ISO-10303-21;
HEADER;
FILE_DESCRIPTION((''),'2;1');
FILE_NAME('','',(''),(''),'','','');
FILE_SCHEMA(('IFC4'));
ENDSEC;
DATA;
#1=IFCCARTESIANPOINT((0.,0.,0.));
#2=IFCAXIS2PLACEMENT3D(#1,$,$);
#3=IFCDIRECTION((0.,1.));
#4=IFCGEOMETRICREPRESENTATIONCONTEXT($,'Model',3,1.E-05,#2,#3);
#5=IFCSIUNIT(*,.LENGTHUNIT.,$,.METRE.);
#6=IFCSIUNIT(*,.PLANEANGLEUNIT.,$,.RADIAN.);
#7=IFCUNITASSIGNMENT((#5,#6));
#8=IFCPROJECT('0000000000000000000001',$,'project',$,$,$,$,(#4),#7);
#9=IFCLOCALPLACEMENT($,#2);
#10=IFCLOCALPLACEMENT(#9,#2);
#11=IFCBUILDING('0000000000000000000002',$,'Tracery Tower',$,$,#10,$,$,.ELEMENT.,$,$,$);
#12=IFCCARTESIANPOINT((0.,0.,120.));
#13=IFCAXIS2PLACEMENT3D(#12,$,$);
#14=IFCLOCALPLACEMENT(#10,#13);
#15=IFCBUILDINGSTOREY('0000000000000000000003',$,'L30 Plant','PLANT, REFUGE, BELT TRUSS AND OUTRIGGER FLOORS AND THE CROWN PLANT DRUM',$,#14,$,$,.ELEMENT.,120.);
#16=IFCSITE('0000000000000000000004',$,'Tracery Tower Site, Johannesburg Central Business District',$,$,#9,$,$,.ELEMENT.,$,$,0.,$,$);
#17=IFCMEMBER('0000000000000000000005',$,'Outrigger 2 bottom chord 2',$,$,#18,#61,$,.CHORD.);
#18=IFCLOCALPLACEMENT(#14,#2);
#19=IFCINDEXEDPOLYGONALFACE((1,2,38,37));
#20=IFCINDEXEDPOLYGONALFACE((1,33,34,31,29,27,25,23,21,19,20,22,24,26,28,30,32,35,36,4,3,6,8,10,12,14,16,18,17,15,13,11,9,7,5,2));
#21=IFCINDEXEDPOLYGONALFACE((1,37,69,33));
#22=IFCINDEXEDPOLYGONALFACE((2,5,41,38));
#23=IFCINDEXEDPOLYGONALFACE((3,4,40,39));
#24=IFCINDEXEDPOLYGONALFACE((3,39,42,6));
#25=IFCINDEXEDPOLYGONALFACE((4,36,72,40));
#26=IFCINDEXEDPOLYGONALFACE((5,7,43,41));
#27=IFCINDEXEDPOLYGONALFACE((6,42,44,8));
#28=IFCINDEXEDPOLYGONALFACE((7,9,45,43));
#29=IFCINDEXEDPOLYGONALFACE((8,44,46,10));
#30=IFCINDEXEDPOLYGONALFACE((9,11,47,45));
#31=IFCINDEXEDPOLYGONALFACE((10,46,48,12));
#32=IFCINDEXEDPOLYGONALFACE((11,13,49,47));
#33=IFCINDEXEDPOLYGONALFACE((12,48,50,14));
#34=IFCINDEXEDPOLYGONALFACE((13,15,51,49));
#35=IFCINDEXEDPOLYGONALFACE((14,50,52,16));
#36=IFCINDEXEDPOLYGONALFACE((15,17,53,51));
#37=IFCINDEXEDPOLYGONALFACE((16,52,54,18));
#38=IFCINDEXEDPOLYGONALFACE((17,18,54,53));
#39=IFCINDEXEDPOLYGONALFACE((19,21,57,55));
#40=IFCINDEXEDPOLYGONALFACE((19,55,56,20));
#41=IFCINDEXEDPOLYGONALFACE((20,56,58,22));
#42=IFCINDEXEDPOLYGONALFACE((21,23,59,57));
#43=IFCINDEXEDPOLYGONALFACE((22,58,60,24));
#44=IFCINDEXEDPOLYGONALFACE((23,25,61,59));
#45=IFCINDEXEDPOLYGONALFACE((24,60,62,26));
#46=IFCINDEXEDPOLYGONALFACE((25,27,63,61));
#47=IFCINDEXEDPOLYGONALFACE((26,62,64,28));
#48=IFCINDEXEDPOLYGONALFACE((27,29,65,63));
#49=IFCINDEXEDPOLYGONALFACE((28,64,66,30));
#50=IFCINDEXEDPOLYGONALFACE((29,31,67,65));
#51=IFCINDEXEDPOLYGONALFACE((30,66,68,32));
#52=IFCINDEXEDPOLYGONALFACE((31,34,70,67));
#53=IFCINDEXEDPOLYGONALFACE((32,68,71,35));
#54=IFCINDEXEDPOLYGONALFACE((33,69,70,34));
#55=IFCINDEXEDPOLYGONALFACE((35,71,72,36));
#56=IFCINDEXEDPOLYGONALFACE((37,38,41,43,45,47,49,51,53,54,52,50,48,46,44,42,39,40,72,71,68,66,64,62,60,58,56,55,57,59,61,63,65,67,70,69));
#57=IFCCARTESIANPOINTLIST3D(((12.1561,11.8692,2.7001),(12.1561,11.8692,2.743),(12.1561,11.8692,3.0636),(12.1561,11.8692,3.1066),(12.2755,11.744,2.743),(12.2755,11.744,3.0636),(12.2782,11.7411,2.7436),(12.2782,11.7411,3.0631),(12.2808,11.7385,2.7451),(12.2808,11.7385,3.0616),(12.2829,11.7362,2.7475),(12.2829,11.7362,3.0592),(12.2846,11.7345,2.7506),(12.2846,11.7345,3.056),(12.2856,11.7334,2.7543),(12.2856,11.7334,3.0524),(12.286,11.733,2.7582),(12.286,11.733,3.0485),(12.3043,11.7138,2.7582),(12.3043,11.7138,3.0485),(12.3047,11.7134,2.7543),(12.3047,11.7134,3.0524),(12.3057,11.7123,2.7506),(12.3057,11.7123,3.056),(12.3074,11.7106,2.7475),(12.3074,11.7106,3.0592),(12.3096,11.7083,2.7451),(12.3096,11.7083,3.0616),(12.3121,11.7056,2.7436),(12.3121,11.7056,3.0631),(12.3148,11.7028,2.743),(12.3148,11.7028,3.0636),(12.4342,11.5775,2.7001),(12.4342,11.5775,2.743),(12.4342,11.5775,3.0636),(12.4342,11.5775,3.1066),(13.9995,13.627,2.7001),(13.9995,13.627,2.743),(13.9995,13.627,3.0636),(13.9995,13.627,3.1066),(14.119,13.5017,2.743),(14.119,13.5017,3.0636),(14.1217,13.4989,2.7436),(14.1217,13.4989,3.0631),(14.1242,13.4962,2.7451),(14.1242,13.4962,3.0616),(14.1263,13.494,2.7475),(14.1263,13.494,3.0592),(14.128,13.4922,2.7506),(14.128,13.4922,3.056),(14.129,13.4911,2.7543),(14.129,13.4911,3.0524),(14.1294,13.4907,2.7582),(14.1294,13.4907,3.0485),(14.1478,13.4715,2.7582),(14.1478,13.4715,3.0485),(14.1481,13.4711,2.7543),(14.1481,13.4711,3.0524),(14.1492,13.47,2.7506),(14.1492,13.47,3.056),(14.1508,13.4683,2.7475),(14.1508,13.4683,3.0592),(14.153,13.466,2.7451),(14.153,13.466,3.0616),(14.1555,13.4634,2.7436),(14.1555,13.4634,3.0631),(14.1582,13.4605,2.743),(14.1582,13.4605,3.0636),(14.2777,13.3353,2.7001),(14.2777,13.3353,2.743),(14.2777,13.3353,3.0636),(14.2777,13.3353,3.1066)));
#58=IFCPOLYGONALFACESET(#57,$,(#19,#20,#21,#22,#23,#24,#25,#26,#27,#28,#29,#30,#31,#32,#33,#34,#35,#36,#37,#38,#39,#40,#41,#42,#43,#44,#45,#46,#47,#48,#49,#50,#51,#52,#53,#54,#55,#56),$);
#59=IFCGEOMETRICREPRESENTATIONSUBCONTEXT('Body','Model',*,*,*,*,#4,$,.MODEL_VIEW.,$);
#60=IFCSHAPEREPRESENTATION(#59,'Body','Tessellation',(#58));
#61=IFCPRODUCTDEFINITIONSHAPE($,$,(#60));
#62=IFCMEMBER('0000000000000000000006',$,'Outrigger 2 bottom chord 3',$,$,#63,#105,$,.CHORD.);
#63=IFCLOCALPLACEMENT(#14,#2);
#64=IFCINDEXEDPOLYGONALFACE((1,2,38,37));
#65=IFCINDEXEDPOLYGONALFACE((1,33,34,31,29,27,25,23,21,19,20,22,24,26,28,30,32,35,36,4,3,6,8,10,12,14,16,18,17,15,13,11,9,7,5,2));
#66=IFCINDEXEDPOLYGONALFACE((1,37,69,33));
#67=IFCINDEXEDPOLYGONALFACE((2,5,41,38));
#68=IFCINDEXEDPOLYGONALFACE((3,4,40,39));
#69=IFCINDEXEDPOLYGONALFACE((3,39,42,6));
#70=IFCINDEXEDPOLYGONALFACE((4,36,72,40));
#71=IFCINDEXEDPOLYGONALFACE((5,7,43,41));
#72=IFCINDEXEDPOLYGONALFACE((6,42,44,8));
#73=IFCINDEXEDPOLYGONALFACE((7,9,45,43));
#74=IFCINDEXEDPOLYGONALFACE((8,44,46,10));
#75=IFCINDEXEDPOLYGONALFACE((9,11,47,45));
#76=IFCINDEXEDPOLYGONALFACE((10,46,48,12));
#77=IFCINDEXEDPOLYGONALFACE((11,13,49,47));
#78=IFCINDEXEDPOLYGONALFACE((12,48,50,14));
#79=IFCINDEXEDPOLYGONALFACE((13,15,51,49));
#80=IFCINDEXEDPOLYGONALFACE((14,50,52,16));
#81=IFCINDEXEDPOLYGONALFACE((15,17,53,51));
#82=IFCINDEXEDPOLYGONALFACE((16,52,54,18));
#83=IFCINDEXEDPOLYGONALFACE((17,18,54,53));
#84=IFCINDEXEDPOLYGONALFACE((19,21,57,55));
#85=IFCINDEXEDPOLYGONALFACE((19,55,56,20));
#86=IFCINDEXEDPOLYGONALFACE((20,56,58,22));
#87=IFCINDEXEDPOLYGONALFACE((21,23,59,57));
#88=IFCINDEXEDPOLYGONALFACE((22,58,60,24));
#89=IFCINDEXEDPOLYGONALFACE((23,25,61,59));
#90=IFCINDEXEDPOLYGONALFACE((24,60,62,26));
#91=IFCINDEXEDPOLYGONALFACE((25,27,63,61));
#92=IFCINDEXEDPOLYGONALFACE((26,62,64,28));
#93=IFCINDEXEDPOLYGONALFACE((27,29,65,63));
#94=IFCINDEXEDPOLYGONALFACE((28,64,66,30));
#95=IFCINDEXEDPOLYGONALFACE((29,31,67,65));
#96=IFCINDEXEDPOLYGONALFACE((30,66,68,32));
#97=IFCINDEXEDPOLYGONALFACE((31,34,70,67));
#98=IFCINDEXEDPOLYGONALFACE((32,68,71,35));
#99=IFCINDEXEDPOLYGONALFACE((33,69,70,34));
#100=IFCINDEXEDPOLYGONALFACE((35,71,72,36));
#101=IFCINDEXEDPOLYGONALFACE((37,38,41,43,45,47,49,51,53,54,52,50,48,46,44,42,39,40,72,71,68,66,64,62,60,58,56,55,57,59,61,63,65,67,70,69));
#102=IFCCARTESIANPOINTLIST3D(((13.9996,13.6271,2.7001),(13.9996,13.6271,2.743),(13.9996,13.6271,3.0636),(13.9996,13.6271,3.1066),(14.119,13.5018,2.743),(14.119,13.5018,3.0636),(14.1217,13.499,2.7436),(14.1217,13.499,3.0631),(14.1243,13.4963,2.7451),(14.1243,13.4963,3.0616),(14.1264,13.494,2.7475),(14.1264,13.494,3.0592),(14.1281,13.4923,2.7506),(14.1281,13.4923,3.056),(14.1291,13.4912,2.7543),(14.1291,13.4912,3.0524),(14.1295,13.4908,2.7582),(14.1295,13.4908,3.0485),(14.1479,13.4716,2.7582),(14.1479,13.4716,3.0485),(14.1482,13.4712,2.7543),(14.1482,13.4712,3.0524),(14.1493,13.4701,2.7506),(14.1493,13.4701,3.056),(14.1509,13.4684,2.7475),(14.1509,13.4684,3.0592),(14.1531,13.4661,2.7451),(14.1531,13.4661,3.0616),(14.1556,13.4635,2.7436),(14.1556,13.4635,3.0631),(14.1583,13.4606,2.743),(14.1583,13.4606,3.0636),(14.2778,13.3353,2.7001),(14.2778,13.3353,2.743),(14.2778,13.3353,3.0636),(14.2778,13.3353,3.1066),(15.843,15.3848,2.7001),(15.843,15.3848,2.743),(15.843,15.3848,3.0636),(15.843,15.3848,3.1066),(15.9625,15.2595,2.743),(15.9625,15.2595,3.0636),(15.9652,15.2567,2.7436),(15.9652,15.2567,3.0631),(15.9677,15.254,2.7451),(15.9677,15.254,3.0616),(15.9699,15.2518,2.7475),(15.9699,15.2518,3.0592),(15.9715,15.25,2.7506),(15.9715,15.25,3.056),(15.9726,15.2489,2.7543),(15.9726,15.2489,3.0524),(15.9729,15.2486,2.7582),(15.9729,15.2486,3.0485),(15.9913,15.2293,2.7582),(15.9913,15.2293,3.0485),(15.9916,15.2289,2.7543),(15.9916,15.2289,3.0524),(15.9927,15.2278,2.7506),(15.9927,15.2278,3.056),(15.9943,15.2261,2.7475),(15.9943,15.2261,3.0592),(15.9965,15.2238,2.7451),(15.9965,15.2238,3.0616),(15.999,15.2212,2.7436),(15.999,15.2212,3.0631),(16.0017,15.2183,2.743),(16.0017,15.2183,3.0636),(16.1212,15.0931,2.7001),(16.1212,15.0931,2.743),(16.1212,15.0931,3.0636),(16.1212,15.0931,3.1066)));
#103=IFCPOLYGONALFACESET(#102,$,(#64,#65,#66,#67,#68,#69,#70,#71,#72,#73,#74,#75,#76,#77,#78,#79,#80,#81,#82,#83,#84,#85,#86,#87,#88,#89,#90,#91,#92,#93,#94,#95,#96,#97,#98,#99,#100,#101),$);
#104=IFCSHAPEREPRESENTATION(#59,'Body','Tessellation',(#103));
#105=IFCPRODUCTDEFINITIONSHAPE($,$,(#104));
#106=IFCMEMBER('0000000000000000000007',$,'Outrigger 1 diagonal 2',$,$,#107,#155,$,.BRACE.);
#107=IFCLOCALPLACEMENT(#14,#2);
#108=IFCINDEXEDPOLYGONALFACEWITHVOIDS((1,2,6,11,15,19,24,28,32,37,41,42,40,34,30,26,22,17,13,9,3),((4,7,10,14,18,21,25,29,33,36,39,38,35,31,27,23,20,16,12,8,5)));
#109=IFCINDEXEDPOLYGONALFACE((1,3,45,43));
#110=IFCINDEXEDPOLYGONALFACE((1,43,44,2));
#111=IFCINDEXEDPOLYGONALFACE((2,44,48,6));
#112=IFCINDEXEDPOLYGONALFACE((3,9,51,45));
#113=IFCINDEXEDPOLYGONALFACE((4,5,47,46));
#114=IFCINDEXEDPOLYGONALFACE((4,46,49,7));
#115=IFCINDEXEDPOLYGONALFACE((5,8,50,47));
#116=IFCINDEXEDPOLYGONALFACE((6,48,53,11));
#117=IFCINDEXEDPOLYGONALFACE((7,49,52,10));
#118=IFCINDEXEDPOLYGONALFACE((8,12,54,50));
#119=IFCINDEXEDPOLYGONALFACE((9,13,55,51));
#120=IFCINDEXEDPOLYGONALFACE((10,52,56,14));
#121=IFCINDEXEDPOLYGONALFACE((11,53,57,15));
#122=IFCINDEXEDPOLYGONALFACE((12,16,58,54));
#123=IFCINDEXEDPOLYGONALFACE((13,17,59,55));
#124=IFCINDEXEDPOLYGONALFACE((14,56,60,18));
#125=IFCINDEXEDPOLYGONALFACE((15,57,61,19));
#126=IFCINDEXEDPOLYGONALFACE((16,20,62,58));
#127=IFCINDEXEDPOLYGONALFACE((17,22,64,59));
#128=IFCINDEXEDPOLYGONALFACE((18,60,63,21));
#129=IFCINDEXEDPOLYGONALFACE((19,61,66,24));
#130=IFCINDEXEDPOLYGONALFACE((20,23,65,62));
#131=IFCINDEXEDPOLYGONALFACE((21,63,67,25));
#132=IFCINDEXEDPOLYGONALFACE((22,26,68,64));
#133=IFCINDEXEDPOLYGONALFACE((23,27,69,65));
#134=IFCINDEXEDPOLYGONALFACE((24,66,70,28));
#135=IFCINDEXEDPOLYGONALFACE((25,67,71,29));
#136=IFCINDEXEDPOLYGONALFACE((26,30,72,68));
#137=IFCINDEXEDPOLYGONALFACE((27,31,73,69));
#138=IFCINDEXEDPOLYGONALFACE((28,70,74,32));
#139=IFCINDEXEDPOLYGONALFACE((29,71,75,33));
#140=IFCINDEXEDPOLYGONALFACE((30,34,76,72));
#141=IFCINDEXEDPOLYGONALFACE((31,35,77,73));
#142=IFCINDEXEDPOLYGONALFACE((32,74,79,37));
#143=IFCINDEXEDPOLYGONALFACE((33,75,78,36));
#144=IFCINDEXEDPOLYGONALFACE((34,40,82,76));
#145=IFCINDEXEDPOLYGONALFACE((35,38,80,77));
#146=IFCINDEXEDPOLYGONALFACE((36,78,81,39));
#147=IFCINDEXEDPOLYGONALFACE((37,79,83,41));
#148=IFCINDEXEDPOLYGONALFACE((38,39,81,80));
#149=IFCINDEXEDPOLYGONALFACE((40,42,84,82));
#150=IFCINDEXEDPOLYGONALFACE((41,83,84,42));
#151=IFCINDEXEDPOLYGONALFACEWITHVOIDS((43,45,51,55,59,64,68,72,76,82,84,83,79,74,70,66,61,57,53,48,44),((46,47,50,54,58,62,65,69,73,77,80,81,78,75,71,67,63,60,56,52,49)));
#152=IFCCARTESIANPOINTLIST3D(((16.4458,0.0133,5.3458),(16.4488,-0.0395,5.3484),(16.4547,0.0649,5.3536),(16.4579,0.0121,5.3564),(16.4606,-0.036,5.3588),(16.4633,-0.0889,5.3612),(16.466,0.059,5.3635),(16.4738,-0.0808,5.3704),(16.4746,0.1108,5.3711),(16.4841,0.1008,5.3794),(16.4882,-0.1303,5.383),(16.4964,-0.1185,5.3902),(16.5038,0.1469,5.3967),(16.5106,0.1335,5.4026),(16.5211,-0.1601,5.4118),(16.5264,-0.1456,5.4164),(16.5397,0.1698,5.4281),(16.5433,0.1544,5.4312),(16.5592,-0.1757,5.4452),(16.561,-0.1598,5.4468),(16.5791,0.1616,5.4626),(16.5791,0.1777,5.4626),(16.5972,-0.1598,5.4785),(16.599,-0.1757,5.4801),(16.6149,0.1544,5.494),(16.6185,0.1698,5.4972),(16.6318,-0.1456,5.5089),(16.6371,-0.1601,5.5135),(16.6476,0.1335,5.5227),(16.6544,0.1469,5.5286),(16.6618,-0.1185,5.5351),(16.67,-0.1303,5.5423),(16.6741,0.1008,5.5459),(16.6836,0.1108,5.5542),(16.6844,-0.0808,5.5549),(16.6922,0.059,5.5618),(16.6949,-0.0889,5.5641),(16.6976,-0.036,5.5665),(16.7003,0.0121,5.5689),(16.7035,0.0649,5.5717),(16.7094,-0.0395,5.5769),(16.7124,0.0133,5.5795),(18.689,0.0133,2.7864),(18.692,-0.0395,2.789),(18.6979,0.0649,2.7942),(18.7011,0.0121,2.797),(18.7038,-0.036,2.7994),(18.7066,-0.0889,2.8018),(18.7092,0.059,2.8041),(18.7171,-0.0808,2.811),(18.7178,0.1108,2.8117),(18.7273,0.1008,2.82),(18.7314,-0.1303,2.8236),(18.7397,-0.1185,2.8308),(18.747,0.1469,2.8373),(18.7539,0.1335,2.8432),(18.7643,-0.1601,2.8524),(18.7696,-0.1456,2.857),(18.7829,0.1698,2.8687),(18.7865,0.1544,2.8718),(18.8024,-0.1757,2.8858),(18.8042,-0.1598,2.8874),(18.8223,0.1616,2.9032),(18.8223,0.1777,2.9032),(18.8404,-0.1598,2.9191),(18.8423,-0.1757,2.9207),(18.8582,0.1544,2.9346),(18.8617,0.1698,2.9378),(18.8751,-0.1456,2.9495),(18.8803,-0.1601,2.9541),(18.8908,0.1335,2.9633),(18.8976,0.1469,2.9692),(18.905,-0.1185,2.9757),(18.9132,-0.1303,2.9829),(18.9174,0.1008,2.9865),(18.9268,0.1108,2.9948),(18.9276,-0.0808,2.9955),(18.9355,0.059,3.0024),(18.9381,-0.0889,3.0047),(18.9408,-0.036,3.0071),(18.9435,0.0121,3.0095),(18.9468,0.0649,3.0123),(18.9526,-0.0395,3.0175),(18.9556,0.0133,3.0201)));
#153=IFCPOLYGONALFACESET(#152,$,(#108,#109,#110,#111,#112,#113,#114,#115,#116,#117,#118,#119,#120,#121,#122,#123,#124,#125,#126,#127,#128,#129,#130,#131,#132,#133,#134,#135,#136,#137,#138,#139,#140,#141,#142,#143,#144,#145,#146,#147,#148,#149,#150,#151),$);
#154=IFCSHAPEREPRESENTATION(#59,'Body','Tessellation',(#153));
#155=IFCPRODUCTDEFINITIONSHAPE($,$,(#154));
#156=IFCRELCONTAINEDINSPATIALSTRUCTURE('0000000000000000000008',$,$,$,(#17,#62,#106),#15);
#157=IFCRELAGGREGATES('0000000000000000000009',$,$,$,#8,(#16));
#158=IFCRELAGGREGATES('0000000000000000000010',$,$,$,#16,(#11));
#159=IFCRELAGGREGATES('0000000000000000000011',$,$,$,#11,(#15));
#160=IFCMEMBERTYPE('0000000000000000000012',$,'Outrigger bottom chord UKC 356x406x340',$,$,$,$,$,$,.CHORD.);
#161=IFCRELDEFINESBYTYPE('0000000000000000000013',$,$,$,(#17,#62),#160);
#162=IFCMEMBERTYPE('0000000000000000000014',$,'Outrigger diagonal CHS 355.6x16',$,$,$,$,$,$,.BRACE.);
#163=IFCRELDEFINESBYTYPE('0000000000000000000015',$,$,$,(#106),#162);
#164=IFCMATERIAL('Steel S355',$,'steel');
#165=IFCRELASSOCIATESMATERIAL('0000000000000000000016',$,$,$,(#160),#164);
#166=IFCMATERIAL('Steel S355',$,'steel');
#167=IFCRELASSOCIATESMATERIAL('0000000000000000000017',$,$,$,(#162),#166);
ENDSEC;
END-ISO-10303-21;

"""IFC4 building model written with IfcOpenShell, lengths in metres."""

from ifc_helpers import new_model, si_unit, direction, frame, origin, origin_2d, place, context, subcontext, project, spatial, hollow_circle, i_section, extrude, material, material_profile, profile_set, type_object, element, save


model = new_model("IFC4")

# Units and contexts
model_context = context("Model", 3, precision=1e-05, world=origin(), true_north=direction((0.0, 1.0)))
body_context = subcontext(model_context, "Body", "Model", "MODEL_VIEW")
ifc_project = project(units=[si_unit("LENGTHUNIT", "METRE"), si_unit("PLANEANGLEUNIT", "RADIAN")], contexts=[model_context])

# Site, building, storey
site_placement = place(None, origin())
site = spatial("IfcSite", under=ifc_project, at=site_placement, Name="Tracery Tower Site, Johannesburg Central Business District", CompositionType="ELEMENT", RefElevation=0.0)
building_placement = place(site_placement, origin())
building = spatial("IfcBuilding", under=site, at=building_placement, Name="Tracery Tower", CompositionType="ELEMENT")
storey_placement = place(building_placement, frame((0.0, 0.0, 120.0)))
storey = spatial("IfcBuildingStorey", under=building, at=storey_placement, Name="L30 Plant", Description="PLANT, REFUGE, BELT TRUSS AND OUTRIGGER FLOORS AND THE CROWN PLANT DRUM", CompositionType="ELEMENT", Elevation=120.0)

# Members
ifc_material_1 = material(Name="Steel S355", Category="steel")
ifc_material_profile_1 = material_profile(ifc_material_1, i_section(OverallWidth=0.4031, OverallDepth=0.4065, WebThickness=0.0266, FlangeThickness=0.043, FilletRadius=0.0151, at=origin_2d()), Name="UKC 356x406x340")
ifc_profile_set_1 = profile_set([ifc_material_profile_1], Name="Steel S355")
member_type_1 = type_object("IfcMemberType", Name="Outrigger bottom chord UKC 356x406x340", PredefinedType="CHORD", material=ifc_profile_set_1)
for number, where, z_axis, x_axis, name in (
    (1, (12.2952, 11.7234, 2.9033), (0.723728, 0.690086, 0.0), (-0.690086, 0.723728, 0.0), "Outrigger 2 bottom chord 2"),
    (2, (14.1387, 13.4812, 2.9033), (0.723728, 0.690086, 0.0), (-0.690086, 0.723728, 0.0), "Outrigger 2 bottom chord 3"),
):
    element("IfcMember", number, at=place(storey_placement, frame(where, z_axis=z_axis, x_axis=x_axis)), inside=storey, type_object=member_type_1, Name=name, PredefinedType="CHORD", context=body_context, shape_type="SweptSolid", body=[
        extrude(i_section(OverallWidth=0.4031, OverallDepth=0.4065, WebThickness=0.0266, FlangeThickness=0.043, FilletRadius=0.0151, at=origin_2d()), origin(), (0.0, 0.0, 1.0), 2.5471),
    ])
ifc_material_2 = material(Name="Steel S355", Category="steel")
ifc_material_profile_2 = material_profile(ifc_material_2, hollow_circle(Radius=0.1777, WallThickness=0.0161, at=origin_2d()), Name="CHS 355.6x16")
ifc_profile_set_2 = profile_set([ifc_material_profile_2], Name="Steel S355")
member_type_2 = type_object("IfcMemberType", Name="Outrigger diagonal CHS 355.6x16", PredefinedType="BRACE", material=ifc_profile_set_2)
member_1_placement = place(storey_placement, frame((16.5791, 0.0, 5.4626), z_axis=(0.659129, 0.0, -0.75203), x_axis=(0.0, 1.0, 0.0)))
element("IfcMember", 3, at=member_1_placement, inside=storey, type_object=member_type_2, Name="Outrigger 1 diagonal 2", PredefinedType="BRACE", context=body_context, shape_type="SweptSolid", body=[
    extrude(hollow_circle(Radius=0.1777, WallThickness=0.0161, at=origin_2d()), origin(), (0.0, 0.0, 1.0), 3.4033),
])

save(model, "model.ifc")
